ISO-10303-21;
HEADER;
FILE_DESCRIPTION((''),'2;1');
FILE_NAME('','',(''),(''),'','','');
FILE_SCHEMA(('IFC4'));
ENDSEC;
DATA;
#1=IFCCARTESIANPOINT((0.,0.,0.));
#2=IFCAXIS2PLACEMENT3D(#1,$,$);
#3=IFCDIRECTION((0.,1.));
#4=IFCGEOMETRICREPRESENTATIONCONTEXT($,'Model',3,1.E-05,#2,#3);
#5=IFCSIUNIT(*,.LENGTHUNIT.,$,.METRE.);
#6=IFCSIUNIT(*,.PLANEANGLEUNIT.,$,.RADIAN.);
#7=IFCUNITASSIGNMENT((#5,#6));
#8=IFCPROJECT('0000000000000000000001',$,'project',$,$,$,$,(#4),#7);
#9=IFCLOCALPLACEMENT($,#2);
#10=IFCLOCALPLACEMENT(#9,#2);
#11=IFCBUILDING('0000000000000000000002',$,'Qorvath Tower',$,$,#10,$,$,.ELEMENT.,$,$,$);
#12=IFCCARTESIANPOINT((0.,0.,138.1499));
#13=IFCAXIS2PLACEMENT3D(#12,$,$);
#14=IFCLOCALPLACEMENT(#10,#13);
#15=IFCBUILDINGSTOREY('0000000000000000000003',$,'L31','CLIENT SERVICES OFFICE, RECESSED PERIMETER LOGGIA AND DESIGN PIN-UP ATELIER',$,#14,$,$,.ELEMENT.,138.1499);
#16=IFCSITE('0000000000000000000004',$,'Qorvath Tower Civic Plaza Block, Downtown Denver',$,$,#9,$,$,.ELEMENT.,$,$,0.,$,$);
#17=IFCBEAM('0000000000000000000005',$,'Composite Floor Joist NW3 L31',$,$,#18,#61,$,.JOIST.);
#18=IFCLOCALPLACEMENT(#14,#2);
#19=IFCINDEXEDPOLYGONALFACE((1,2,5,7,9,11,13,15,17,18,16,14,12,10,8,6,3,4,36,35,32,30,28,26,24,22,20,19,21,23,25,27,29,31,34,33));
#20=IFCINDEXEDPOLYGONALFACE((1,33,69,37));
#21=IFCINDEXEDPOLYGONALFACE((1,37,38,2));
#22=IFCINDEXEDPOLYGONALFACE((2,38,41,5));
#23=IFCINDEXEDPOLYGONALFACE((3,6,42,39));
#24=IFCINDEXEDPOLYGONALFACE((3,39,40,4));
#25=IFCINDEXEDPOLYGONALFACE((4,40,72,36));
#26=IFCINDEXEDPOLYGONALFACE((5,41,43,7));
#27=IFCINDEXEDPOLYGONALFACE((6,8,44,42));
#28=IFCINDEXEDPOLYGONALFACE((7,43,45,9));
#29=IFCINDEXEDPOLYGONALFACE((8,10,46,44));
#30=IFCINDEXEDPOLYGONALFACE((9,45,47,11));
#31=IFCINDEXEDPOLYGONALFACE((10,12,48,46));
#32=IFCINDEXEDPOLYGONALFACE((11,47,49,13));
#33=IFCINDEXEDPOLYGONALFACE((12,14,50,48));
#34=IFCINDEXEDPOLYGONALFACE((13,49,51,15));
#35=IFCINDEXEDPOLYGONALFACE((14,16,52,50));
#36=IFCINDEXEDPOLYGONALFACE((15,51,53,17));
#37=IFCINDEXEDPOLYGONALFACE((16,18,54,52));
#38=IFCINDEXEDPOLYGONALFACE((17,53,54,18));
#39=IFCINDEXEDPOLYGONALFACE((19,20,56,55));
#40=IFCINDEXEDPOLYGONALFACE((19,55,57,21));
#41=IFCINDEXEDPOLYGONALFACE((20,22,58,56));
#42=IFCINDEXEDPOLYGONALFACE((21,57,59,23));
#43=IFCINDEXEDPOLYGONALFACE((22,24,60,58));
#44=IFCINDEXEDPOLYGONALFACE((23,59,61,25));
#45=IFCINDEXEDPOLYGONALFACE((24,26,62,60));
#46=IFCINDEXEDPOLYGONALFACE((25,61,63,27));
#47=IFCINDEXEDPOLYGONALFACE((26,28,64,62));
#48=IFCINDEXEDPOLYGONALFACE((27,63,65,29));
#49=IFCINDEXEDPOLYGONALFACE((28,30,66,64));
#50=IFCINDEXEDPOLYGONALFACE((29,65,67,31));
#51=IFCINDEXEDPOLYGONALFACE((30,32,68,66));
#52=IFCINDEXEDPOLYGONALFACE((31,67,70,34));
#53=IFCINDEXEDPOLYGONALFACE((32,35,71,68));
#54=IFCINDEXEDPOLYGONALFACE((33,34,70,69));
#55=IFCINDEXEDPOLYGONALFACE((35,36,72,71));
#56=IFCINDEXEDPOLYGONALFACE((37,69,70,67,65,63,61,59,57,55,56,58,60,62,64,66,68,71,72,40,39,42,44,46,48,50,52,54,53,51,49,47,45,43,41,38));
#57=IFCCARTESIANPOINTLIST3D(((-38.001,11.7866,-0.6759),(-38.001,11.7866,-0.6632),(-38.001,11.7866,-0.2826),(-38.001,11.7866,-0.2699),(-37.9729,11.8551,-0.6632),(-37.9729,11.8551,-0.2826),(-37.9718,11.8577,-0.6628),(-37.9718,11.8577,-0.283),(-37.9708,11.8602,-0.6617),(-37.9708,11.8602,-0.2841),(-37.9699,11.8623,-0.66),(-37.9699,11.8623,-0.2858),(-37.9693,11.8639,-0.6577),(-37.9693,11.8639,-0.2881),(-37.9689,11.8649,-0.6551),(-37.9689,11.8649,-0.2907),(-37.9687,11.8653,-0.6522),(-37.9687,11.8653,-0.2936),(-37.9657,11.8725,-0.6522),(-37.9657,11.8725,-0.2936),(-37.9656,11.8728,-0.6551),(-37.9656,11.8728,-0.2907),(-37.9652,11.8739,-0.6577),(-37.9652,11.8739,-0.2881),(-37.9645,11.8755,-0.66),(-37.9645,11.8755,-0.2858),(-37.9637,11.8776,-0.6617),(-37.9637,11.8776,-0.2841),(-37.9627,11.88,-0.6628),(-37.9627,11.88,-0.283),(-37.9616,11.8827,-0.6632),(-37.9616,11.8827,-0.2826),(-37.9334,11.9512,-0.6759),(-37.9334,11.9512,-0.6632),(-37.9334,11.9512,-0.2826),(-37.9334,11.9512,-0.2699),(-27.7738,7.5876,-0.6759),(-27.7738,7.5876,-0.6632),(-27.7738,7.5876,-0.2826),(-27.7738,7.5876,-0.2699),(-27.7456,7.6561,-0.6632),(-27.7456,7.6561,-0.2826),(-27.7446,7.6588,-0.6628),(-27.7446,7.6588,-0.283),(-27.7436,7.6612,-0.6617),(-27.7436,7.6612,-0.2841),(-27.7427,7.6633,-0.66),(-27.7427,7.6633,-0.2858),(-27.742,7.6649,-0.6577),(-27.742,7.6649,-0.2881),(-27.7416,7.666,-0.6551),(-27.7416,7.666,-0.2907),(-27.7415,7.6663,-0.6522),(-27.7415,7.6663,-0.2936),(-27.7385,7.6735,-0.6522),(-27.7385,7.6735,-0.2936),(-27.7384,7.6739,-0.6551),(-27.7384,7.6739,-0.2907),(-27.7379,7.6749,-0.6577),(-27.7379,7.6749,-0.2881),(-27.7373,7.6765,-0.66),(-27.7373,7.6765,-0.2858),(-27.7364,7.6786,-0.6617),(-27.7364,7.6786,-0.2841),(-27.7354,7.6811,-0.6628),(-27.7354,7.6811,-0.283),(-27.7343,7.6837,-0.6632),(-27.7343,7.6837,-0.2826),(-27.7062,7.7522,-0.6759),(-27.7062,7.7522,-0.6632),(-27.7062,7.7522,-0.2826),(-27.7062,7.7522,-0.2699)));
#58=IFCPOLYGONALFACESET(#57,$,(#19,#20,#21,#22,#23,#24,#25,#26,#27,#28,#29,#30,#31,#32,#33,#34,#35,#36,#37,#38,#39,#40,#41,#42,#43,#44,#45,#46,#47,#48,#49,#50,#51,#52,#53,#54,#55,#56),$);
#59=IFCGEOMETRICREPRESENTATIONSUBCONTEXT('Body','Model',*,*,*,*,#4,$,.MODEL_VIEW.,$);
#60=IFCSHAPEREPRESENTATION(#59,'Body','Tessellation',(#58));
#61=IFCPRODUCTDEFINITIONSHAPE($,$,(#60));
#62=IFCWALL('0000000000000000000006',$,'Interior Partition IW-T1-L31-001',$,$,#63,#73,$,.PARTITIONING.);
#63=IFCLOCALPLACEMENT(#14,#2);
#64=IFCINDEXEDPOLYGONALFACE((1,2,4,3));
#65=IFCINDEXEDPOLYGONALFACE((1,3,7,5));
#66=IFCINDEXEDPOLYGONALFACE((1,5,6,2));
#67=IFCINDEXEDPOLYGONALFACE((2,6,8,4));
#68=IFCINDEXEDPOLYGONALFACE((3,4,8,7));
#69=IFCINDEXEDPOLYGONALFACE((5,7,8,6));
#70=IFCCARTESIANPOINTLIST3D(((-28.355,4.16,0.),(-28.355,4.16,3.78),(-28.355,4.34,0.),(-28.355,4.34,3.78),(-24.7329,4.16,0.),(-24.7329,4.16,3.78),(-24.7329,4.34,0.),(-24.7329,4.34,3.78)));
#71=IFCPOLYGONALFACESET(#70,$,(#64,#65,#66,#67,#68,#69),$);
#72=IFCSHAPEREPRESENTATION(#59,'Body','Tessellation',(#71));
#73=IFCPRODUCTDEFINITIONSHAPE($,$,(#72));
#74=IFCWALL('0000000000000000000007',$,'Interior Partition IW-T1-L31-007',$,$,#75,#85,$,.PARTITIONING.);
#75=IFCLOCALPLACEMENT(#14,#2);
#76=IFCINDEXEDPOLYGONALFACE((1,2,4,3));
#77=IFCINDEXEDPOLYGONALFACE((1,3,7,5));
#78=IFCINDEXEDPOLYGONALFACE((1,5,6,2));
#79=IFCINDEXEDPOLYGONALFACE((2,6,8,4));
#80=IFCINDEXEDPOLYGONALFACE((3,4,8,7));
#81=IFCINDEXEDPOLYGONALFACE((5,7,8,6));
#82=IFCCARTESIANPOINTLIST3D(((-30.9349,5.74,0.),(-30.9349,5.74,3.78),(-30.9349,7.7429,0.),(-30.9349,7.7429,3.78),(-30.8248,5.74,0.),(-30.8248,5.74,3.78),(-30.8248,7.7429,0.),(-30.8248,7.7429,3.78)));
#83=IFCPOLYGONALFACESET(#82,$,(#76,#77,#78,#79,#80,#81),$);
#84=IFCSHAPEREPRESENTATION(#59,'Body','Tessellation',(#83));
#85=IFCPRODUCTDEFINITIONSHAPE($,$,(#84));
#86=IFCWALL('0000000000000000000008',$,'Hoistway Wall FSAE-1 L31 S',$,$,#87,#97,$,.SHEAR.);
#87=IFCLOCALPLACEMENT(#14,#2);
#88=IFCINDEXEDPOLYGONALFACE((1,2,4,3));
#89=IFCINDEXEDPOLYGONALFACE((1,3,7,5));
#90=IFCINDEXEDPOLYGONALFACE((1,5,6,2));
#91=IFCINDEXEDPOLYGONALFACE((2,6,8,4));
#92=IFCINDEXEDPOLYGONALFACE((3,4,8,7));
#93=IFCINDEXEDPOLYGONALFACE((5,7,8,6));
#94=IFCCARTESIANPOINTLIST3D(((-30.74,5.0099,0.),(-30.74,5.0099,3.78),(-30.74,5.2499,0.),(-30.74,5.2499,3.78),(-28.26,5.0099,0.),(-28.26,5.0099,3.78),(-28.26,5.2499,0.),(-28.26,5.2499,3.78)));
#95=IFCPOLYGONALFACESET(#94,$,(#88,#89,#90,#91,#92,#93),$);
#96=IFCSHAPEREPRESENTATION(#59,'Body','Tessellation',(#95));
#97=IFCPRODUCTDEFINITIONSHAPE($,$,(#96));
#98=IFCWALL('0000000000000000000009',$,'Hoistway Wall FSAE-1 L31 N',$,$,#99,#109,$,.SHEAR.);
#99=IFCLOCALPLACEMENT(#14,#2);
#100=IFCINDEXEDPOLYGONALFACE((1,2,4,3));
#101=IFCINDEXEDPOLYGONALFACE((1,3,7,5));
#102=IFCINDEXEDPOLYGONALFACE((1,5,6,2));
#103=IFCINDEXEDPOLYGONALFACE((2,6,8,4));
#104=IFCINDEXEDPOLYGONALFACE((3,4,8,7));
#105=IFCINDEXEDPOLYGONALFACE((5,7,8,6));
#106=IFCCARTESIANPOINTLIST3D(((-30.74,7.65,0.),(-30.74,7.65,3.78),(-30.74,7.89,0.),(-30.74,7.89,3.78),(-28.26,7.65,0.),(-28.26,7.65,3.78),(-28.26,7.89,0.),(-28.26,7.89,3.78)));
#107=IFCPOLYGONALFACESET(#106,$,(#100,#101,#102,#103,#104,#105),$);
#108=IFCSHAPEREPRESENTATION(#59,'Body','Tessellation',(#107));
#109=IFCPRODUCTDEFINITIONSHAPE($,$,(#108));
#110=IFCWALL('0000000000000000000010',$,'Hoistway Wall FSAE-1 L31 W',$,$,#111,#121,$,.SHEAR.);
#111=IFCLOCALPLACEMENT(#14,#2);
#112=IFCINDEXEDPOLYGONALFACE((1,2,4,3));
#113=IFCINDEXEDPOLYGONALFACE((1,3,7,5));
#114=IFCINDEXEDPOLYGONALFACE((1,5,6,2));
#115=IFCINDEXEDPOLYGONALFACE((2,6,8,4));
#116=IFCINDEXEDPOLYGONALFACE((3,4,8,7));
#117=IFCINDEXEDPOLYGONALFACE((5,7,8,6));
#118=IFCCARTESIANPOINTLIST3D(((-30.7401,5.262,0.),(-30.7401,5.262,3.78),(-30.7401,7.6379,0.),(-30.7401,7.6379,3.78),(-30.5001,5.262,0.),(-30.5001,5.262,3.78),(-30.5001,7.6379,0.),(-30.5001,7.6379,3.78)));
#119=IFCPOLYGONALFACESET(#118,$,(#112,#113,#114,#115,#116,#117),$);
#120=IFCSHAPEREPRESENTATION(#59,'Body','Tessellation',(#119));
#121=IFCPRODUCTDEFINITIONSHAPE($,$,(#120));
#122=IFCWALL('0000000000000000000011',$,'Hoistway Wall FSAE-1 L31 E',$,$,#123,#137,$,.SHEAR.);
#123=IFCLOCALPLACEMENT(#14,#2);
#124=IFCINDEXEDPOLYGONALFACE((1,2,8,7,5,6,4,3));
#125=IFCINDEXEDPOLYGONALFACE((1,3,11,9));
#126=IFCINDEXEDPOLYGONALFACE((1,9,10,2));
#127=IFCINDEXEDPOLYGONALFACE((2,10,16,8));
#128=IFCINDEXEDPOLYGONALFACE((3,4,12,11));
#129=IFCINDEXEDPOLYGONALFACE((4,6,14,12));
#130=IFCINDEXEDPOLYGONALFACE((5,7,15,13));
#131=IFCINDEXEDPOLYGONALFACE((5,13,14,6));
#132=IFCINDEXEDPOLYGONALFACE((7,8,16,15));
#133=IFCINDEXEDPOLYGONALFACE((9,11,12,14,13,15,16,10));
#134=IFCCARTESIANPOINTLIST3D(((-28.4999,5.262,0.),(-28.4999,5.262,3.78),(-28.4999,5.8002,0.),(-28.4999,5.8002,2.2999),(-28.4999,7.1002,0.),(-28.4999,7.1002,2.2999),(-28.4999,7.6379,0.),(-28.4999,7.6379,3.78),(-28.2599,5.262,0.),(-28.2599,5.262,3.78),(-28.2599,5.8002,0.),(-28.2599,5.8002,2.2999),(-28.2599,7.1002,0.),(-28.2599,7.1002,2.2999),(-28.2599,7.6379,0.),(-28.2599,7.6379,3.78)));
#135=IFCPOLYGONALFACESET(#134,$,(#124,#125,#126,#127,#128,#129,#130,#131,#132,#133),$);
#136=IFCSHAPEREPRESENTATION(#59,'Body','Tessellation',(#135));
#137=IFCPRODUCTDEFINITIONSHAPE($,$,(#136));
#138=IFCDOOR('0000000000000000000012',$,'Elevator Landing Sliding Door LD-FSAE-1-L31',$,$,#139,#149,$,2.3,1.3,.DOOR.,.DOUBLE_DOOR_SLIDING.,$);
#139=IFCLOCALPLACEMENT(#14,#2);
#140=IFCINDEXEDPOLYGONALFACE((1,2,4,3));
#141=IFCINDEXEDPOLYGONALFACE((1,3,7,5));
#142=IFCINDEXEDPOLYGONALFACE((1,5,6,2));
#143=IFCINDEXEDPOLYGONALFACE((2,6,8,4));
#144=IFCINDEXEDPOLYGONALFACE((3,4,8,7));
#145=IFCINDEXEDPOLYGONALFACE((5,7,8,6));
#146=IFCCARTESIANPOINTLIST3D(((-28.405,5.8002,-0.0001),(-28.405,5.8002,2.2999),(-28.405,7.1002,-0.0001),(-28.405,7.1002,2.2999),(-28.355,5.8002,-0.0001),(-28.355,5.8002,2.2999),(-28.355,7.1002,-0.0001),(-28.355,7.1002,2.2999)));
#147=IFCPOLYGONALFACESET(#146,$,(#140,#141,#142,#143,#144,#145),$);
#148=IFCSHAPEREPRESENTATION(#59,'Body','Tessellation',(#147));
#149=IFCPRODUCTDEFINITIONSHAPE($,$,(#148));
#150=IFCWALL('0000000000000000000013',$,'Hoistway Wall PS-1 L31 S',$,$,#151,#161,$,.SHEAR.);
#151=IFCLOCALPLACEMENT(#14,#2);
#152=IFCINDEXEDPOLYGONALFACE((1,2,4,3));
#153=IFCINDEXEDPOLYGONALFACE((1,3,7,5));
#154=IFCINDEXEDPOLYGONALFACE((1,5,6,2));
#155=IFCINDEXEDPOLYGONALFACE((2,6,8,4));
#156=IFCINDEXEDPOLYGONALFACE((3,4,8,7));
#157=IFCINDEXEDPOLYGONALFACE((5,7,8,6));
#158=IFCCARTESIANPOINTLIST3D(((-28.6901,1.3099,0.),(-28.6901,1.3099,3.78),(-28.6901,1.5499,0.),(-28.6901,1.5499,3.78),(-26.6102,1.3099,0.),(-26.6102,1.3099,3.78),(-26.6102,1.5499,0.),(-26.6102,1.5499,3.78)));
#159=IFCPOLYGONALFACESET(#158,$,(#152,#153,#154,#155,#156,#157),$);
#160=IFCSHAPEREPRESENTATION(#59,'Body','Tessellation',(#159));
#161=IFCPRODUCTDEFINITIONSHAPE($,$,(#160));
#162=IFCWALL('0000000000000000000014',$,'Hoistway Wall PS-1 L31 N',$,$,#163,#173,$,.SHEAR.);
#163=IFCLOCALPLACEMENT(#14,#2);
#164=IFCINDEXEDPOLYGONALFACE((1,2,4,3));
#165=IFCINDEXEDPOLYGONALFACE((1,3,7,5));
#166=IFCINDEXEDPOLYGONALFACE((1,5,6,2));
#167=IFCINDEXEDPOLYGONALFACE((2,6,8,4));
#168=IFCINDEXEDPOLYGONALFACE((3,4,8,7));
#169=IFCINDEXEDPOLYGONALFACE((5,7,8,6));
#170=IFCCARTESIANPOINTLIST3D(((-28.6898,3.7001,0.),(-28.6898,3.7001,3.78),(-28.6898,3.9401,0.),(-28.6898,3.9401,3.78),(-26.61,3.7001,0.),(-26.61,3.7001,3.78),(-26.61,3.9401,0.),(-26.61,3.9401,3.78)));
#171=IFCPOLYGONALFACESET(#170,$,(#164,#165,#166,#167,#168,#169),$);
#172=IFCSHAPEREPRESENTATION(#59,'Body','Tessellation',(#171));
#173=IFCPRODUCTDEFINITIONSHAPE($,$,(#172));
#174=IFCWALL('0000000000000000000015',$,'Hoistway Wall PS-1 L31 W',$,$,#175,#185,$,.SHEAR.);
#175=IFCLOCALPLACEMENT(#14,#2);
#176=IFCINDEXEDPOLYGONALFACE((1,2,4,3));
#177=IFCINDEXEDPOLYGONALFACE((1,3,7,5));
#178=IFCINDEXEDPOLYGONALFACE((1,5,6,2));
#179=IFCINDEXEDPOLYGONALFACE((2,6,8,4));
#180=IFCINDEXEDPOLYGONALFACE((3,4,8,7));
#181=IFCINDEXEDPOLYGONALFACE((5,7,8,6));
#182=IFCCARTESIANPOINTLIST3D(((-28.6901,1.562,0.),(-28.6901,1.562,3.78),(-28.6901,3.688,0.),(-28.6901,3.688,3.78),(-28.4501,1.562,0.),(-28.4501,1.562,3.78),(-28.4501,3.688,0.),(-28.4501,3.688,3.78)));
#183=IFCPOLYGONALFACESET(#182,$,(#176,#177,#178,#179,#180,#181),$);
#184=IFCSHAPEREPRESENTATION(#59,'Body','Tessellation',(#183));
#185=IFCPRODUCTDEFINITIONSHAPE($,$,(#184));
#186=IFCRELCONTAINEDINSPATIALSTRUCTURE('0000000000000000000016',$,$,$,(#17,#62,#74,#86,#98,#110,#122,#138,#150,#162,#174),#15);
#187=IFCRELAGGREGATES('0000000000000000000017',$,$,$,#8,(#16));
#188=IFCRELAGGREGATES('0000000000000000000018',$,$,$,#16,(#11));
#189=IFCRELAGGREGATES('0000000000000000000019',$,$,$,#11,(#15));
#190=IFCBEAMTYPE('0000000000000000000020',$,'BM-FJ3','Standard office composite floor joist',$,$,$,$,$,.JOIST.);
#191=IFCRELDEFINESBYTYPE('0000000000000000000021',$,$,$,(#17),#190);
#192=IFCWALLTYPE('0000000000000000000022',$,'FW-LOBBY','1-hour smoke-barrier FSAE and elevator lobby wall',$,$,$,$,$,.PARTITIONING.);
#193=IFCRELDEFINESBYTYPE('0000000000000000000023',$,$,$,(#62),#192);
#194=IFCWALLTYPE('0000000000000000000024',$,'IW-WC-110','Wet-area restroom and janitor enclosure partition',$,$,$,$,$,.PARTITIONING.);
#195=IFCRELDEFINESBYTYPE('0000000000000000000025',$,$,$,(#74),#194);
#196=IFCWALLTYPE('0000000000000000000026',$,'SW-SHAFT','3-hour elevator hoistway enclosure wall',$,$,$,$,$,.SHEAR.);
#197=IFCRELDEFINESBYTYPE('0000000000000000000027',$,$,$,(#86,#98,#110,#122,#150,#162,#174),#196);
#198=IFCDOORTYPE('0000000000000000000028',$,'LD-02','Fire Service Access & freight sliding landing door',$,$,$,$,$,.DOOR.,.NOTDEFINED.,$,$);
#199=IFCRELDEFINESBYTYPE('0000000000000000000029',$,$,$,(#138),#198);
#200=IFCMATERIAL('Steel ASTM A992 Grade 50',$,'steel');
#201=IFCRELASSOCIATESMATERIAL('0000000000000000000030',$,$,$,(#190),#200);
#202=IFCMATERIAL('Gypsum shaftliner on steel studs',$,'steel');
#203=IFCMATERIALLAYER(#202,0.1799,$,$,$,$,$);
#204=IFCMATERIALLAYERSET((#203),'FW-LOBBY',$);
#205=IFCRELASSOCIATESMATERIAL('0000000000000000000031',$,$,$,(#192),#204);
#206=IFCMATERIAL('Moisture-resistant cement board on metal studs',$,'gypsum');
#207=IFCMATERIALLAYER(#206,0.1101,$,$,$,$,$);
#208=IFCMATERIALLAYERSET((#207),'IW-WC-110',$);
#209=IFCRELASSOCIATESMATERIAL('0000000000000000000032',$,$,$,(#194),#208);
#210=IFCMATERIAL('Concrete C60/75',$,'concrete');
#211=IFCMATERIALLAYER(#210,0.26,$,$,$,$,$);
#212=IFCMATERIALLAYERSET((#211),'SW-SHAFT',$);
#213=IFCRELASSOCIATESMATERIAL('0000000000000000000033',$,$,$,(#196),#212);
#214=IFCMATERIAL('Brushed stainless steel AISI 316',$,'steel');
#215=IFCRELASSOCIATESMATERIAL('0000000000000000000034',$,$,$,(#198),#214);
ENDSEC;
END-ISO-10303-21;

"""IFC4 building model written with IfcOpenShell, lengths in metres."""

from ifc_helpers import new_model, si_unit, direction, frame, frame_2d, origin, origin_2d, place, context, subcontext, project, spatial, rectangle, i_section, extrude, material, layer, layer_set, material_profile, profile_set, type_object, element, fill, save


model = new_model("IFC4")

# Units and contexts
model_context = context("Model", 3, precision=1e-05, world=origin(), true_north=direction((0.0, 1.0)))
body_context = subcontext(model_context, "Body", "Model", "MODEL_VIEW")
ifc_project = project(units=[si_unit("LENGTHUNIT", "METRE"), si_unit("PLANEANGLEUNIT", "RADIAN")], contexts=[model_context])

# Site, building, storey
site_placement = place(None, origin())
site = spatial("IfcSite", under=ifc_project, at=site_placement, Name="Qorvath Tower Civic Plaza Block, Downtown Denver", CompositionType="ELEMENT", RefElevation=0.0)
building_placement = place(site_placement, origin())
building = spatial("IfcBuilding", under=site, at=building_placement, Name="Qorvath Tower", CompositionType="ELEMENT")
storey_placement = place(building_placement, frame((0.0, 0.0, 138.1499)))
storey = spatial("IfcBuildingStorey", under=building, at=storey_placement, Name="L31", Description="CLIENT SERVICES OFFICE, RECESSED PERIMETER LOGGIA AND DESIGN PIN-UP ATELIER", CompositionType="ELEMENT", Elevation=138.1499)

# Beam
ifc_material_1 = material(Name="Steel ASTM A992 Grade 50", Category="steel")
ifc_material_profile_1 = material_profile(ifc_material_1, i_section(OverallWidth=0.178, OverallDepth=0.406, WebThickness=0.0078, FlangeThickness=0.0127, FilletRadius=0.011, at=origin_2d()), Name="W16x40")
ifc_profile_set_1 = profile_set([ifc_material_profile_1], Name="Steel ASTM A992 Grade 50")
beam_type_1 = type_object("IfcBeamType", Name="BM-FJ3", Description="Standard office composite floor joist", PredefinedType="JOIST", material=ifc_profile_set_1)
beam_1_placement = place(storey_placement, frame((-27.74, 7.6699, -0.4729), z_axis=(-0.925068, 0.379801, 0.0), x_axis=(-0.379801, -0.925068, 0.0)))
element("IfcBeam", 1, at=beam_1_placement, inside=storey, type_object=beam_type_1, Name="Composite Floor Joist NW3 L31", PredefinedType="JOIST", context=body_context, shape_type="SweptSolid", body=[
    extrude(i_section(OverallWidth=0.178, OverallDepth=0.406, WebThickness=0.0078, FlangeThickness=0.0127, FilletRadius=0.011, at=origin_2d()), origin(), (0.0, 0.0, 1.0), 11.0557),
])

# Walls
ifc_material_2 = material(Name="Gypsum shaftliner on steel studs", Category="steel")
ifc_layer_1 = layer(ifc_material_2, 0.1799)
ifc_layer_set_1 = layer_set([ifc_layer_1], Name="FW-LOBBY")
wall_type_1 = type_object("IfcWallType", Name="FW-LOBBY", Description="1-hour smoke-barrier FSAE and elevator lobby wall", PredefinedType="PARTITIONING", material=ifc_layer_set_1)
wall_1_placement = place(storey_placement, frame((-28.355, 4.25, 0.0), z_axis=(0.0, 0.0, 1.0), x_axis=(1.0, 0.0, 0.0)))
element("IfcWall", 2, at=wall_1_placement, inside=storey, type_object=wall_type_1, Name="Interior Partition IW-T1-L31-001", PredefinedType="PARTITIONING", context=body_context, shape_type="SweptSolid", body=[
    extrude(rectangle(XDim=3.6221, YDim=0.1799, at=frame_2d((1.811, 0.0))), origin(), (0.0, 0.0, 1.0), 3.78),
])
ifc_material_3 = material(Name="Moisture-resistant cement board on metal studs", Category="gypsum")
ifc_layer_2 = layer(ifc_material_3, 0.1101)
ifc_layer_set_2 = layer_set([ifc_layer_2], Name="IW-WC-110")
wall_type_2 = type_object("IfcWallType", Name="IW-WC-110", Description="Wet-area restroom and janitor enclosure partition", PredefinedType="PARTITIONING", material=ifc_layer_set_2)
wall_2_placement = place(storey_placement, frame((-30.8799, 5.74, 0.0), z_axis=(0.0, 0.0, 1.0), x_axis=(0.0, 1.0, 0.0)))
element("IfcWall", 3, at=wall_2_placement, inside=storey, type_object=wall_type_2, Name="Interior Partition IW-T1-L31-007", PredefinedType="PARTITIONING", context=body_context, shape_type="SweptSolid", body=[
    extrude(rectangle(XDim=2.0029, YDim=0.1101, at=frame_2d((1.0015, 0.0))), origin(), (0.0, 0.0, 1.0), 3.78),
])
ifc_material_4 = material(Name="Concrete C60/75", Category="concrete")
ifc_layer_3 = layer(ifc_material_4, 0.26)
ifc_layer_set_3 = layer_set([ifc_layer_3], Name="SW-SHAFT")
wall_type_3 = type_object("IfcWallType", Name="SW-SHAFT", Description="3-hour elevator hoistway enclosure wall", PredefinedType="SHEAR", material=ifc_layer_set_3)
for number, where, z_axis, x_axis, name in (
    (4, (-28.26, 5.1299, 0.0), (0.0, 0.0, 1.0), (-1.0, 0.0, 0.0), "Hoistway Wall FSAE-1 L31 S"),
    (5, (-30.74, 7.77, 0.0), (0.0, 0.0, 1.0), (1.0, 0.0, 0.0), "Hoistway Wall FSAE-1 L31 N"),
):
    element("IfcWall", number, at=place(storey_placement, frame(where, z_axis=z_axis, x_axis=x_axis)), inside=storey, type_object=wall_type_3, Name=name, PredefinedType="SHEAR", context=body_context, shape_type="SweptSolid", body=[
        extrude(rectangle(XDim=2.48, YDim=0.24, at=frame_2d((1.24, 0.0))), origin(), (0.0, 0.0, 1.0), 3.78),
    ])
wall_3_placement = place(storey_placement, frame((-30.6201, 5.262, 0.0), z_axis=(0.0, 0.0, 1.0), x_axis=(0.0, 1.0, 0.0)))
element("IfcWall", 6, at=wall_3_placement, inside=storey, type_object=wall_type_3, Name="Hoistway Wall FSAE-1 L31 W", PredefinedType="SHEAR", context=body_context, shape_type="SweptSolid", body=[
    extrude(rectangle(XDim=2.376, YDim=0.24, at=frame_2d((1.188, 0.0))), origin(), (0.0, 0.0, 1.0), 3.78),
])

# Wall, opening, door
wall_4_placement = place(storey_placement, frame((-28.3799, 7.6379, 0.0), z_axis=(0.0, 0.0, 1.0), x_axis=(0.0, -1.0, 0.0)))
wall_4 = element("IfcWall", 7, at=wall_4_placement, inside=storey, type_object=wall_type_3, Name="Hoistway Wall FSAE-1 L31 E", PredefinedType="SHEAR", context=body_context, shape_type="SweptSolid", body=[
    extrude(rectangle(XDim=2.376, YDim=0.24, at=frame_2d((1.188, 0.0))), origin(), (0.0, 0.0, 1.0), 3.78),
])
opening_1_placement = place(wall_4_placement, frame((0.5378, 0.0, 0.0)))
opening_1 = element("IfcOpeningElement", 8, at=opening_1_placement, cuts=wall_4, PredefinedType="OPENING", context=body_context, shape_type="SweptSolid", body=[
    extrude(rectangle(XDim=1.3, YDim=2.3, at=frame_2d((0.6499, 1.1499))), frame((0.0, 0.1299, 0.0), z_axis=(0.0, -1.0, 0.0), x_axis=(1.0, 0.0, 0.0)), (0.0, 0.0, 1.0), 0.26),
])
ifc_material_5 = material(Name="Brushed stainless steel AISI 316", Category="steel")
door_type_1 = type_object("IfcDoorType", Name="LD-02", Description="Fire Service Access & freight sliding landing door", OperationType="NOTDEFINED", PredefinedType="DOOR", material=ifc_material_5)
door_1_placement = place(opening_1_placement, origin())
door_1 = element("IfcDoor", 9, at=door_1_placement, inside=storey, type_object=door_type_1, Name="Elevator Landing Sliding Door LD-FSAE-1-L31", OperationType="DOUBLE_DOOR_SLIDING", OverallHeight=2.3, OverallWidth=1.3, PredefinedType="DOOR", context=body_context, shape_type="SweptSolid", body=[
    extrude(rectangle(XDim=1.3, YDim=2.3, at=frame_2d((0.6499, 1.1499))), frame((0.0, 0.0249, 0.0), z_axis=(0.0, -1.0, 0.0), x_axis=(1.0, 0.0, 0.0)), (0.0, 0.0, 1.0), 0.05),
])
fill(opening_1, door_1)

# Walls
for number, where, z_axis, x_axis, name in (
    (10, (-26.6101, 1.4299, 0.0), (0.0, 0.0, 1.0), (-1.0, 0.0, 0.0), "Hoistway Wall PS-1 L31 S"),
    (11, (-28.6899, 3.8201, 0.0), (0.0, 0.0, 1.0), (1.0, 0.0, 0.0), "Hoistway Wall PS-1 L31 N"),
):
    element("IfcWall", number, at=place(storey_placement, frame(where, z_axis=z_axis, x_axis=x_axis)), inside=storey, type_object=wall_type_3, Name=name, PredefinedType="SHEAR", context=body_context, shape_type="SweptSolid", body=[
        extrude(rectangle(XDim=2.0798, YDim=0.24, at=frame_2d((1.04, 0.0))), origin(), (0.0, 0.0, 1.0), 3.78),
    ])
for number, where, z_axis, x_axis, name in (
    (12, (-28.5701, 1.562, 0.0), (0.0, 0.0, 1.0), (0.0, 1.0, 0.0), "Hoistway Wall PS-1 L31 W"),
):
    element("IfcWall", number, at=place(storey_placement, frame(where, z_axis=z_axis, x_axis=x_axis)), inside=storey, type_object=wall_type_3, Name=name, PredefinedType="SHEAR", context=body_context, shape_type="SweptSolid", body=[
        extrude(rectangle(XDim=2.126, YDim=0.24, at=frame_2d((1.063, 0.0))), origin(), (0.0, 0.0, 1.0), 3.78),
    ])

save(model, "model.ifc")
